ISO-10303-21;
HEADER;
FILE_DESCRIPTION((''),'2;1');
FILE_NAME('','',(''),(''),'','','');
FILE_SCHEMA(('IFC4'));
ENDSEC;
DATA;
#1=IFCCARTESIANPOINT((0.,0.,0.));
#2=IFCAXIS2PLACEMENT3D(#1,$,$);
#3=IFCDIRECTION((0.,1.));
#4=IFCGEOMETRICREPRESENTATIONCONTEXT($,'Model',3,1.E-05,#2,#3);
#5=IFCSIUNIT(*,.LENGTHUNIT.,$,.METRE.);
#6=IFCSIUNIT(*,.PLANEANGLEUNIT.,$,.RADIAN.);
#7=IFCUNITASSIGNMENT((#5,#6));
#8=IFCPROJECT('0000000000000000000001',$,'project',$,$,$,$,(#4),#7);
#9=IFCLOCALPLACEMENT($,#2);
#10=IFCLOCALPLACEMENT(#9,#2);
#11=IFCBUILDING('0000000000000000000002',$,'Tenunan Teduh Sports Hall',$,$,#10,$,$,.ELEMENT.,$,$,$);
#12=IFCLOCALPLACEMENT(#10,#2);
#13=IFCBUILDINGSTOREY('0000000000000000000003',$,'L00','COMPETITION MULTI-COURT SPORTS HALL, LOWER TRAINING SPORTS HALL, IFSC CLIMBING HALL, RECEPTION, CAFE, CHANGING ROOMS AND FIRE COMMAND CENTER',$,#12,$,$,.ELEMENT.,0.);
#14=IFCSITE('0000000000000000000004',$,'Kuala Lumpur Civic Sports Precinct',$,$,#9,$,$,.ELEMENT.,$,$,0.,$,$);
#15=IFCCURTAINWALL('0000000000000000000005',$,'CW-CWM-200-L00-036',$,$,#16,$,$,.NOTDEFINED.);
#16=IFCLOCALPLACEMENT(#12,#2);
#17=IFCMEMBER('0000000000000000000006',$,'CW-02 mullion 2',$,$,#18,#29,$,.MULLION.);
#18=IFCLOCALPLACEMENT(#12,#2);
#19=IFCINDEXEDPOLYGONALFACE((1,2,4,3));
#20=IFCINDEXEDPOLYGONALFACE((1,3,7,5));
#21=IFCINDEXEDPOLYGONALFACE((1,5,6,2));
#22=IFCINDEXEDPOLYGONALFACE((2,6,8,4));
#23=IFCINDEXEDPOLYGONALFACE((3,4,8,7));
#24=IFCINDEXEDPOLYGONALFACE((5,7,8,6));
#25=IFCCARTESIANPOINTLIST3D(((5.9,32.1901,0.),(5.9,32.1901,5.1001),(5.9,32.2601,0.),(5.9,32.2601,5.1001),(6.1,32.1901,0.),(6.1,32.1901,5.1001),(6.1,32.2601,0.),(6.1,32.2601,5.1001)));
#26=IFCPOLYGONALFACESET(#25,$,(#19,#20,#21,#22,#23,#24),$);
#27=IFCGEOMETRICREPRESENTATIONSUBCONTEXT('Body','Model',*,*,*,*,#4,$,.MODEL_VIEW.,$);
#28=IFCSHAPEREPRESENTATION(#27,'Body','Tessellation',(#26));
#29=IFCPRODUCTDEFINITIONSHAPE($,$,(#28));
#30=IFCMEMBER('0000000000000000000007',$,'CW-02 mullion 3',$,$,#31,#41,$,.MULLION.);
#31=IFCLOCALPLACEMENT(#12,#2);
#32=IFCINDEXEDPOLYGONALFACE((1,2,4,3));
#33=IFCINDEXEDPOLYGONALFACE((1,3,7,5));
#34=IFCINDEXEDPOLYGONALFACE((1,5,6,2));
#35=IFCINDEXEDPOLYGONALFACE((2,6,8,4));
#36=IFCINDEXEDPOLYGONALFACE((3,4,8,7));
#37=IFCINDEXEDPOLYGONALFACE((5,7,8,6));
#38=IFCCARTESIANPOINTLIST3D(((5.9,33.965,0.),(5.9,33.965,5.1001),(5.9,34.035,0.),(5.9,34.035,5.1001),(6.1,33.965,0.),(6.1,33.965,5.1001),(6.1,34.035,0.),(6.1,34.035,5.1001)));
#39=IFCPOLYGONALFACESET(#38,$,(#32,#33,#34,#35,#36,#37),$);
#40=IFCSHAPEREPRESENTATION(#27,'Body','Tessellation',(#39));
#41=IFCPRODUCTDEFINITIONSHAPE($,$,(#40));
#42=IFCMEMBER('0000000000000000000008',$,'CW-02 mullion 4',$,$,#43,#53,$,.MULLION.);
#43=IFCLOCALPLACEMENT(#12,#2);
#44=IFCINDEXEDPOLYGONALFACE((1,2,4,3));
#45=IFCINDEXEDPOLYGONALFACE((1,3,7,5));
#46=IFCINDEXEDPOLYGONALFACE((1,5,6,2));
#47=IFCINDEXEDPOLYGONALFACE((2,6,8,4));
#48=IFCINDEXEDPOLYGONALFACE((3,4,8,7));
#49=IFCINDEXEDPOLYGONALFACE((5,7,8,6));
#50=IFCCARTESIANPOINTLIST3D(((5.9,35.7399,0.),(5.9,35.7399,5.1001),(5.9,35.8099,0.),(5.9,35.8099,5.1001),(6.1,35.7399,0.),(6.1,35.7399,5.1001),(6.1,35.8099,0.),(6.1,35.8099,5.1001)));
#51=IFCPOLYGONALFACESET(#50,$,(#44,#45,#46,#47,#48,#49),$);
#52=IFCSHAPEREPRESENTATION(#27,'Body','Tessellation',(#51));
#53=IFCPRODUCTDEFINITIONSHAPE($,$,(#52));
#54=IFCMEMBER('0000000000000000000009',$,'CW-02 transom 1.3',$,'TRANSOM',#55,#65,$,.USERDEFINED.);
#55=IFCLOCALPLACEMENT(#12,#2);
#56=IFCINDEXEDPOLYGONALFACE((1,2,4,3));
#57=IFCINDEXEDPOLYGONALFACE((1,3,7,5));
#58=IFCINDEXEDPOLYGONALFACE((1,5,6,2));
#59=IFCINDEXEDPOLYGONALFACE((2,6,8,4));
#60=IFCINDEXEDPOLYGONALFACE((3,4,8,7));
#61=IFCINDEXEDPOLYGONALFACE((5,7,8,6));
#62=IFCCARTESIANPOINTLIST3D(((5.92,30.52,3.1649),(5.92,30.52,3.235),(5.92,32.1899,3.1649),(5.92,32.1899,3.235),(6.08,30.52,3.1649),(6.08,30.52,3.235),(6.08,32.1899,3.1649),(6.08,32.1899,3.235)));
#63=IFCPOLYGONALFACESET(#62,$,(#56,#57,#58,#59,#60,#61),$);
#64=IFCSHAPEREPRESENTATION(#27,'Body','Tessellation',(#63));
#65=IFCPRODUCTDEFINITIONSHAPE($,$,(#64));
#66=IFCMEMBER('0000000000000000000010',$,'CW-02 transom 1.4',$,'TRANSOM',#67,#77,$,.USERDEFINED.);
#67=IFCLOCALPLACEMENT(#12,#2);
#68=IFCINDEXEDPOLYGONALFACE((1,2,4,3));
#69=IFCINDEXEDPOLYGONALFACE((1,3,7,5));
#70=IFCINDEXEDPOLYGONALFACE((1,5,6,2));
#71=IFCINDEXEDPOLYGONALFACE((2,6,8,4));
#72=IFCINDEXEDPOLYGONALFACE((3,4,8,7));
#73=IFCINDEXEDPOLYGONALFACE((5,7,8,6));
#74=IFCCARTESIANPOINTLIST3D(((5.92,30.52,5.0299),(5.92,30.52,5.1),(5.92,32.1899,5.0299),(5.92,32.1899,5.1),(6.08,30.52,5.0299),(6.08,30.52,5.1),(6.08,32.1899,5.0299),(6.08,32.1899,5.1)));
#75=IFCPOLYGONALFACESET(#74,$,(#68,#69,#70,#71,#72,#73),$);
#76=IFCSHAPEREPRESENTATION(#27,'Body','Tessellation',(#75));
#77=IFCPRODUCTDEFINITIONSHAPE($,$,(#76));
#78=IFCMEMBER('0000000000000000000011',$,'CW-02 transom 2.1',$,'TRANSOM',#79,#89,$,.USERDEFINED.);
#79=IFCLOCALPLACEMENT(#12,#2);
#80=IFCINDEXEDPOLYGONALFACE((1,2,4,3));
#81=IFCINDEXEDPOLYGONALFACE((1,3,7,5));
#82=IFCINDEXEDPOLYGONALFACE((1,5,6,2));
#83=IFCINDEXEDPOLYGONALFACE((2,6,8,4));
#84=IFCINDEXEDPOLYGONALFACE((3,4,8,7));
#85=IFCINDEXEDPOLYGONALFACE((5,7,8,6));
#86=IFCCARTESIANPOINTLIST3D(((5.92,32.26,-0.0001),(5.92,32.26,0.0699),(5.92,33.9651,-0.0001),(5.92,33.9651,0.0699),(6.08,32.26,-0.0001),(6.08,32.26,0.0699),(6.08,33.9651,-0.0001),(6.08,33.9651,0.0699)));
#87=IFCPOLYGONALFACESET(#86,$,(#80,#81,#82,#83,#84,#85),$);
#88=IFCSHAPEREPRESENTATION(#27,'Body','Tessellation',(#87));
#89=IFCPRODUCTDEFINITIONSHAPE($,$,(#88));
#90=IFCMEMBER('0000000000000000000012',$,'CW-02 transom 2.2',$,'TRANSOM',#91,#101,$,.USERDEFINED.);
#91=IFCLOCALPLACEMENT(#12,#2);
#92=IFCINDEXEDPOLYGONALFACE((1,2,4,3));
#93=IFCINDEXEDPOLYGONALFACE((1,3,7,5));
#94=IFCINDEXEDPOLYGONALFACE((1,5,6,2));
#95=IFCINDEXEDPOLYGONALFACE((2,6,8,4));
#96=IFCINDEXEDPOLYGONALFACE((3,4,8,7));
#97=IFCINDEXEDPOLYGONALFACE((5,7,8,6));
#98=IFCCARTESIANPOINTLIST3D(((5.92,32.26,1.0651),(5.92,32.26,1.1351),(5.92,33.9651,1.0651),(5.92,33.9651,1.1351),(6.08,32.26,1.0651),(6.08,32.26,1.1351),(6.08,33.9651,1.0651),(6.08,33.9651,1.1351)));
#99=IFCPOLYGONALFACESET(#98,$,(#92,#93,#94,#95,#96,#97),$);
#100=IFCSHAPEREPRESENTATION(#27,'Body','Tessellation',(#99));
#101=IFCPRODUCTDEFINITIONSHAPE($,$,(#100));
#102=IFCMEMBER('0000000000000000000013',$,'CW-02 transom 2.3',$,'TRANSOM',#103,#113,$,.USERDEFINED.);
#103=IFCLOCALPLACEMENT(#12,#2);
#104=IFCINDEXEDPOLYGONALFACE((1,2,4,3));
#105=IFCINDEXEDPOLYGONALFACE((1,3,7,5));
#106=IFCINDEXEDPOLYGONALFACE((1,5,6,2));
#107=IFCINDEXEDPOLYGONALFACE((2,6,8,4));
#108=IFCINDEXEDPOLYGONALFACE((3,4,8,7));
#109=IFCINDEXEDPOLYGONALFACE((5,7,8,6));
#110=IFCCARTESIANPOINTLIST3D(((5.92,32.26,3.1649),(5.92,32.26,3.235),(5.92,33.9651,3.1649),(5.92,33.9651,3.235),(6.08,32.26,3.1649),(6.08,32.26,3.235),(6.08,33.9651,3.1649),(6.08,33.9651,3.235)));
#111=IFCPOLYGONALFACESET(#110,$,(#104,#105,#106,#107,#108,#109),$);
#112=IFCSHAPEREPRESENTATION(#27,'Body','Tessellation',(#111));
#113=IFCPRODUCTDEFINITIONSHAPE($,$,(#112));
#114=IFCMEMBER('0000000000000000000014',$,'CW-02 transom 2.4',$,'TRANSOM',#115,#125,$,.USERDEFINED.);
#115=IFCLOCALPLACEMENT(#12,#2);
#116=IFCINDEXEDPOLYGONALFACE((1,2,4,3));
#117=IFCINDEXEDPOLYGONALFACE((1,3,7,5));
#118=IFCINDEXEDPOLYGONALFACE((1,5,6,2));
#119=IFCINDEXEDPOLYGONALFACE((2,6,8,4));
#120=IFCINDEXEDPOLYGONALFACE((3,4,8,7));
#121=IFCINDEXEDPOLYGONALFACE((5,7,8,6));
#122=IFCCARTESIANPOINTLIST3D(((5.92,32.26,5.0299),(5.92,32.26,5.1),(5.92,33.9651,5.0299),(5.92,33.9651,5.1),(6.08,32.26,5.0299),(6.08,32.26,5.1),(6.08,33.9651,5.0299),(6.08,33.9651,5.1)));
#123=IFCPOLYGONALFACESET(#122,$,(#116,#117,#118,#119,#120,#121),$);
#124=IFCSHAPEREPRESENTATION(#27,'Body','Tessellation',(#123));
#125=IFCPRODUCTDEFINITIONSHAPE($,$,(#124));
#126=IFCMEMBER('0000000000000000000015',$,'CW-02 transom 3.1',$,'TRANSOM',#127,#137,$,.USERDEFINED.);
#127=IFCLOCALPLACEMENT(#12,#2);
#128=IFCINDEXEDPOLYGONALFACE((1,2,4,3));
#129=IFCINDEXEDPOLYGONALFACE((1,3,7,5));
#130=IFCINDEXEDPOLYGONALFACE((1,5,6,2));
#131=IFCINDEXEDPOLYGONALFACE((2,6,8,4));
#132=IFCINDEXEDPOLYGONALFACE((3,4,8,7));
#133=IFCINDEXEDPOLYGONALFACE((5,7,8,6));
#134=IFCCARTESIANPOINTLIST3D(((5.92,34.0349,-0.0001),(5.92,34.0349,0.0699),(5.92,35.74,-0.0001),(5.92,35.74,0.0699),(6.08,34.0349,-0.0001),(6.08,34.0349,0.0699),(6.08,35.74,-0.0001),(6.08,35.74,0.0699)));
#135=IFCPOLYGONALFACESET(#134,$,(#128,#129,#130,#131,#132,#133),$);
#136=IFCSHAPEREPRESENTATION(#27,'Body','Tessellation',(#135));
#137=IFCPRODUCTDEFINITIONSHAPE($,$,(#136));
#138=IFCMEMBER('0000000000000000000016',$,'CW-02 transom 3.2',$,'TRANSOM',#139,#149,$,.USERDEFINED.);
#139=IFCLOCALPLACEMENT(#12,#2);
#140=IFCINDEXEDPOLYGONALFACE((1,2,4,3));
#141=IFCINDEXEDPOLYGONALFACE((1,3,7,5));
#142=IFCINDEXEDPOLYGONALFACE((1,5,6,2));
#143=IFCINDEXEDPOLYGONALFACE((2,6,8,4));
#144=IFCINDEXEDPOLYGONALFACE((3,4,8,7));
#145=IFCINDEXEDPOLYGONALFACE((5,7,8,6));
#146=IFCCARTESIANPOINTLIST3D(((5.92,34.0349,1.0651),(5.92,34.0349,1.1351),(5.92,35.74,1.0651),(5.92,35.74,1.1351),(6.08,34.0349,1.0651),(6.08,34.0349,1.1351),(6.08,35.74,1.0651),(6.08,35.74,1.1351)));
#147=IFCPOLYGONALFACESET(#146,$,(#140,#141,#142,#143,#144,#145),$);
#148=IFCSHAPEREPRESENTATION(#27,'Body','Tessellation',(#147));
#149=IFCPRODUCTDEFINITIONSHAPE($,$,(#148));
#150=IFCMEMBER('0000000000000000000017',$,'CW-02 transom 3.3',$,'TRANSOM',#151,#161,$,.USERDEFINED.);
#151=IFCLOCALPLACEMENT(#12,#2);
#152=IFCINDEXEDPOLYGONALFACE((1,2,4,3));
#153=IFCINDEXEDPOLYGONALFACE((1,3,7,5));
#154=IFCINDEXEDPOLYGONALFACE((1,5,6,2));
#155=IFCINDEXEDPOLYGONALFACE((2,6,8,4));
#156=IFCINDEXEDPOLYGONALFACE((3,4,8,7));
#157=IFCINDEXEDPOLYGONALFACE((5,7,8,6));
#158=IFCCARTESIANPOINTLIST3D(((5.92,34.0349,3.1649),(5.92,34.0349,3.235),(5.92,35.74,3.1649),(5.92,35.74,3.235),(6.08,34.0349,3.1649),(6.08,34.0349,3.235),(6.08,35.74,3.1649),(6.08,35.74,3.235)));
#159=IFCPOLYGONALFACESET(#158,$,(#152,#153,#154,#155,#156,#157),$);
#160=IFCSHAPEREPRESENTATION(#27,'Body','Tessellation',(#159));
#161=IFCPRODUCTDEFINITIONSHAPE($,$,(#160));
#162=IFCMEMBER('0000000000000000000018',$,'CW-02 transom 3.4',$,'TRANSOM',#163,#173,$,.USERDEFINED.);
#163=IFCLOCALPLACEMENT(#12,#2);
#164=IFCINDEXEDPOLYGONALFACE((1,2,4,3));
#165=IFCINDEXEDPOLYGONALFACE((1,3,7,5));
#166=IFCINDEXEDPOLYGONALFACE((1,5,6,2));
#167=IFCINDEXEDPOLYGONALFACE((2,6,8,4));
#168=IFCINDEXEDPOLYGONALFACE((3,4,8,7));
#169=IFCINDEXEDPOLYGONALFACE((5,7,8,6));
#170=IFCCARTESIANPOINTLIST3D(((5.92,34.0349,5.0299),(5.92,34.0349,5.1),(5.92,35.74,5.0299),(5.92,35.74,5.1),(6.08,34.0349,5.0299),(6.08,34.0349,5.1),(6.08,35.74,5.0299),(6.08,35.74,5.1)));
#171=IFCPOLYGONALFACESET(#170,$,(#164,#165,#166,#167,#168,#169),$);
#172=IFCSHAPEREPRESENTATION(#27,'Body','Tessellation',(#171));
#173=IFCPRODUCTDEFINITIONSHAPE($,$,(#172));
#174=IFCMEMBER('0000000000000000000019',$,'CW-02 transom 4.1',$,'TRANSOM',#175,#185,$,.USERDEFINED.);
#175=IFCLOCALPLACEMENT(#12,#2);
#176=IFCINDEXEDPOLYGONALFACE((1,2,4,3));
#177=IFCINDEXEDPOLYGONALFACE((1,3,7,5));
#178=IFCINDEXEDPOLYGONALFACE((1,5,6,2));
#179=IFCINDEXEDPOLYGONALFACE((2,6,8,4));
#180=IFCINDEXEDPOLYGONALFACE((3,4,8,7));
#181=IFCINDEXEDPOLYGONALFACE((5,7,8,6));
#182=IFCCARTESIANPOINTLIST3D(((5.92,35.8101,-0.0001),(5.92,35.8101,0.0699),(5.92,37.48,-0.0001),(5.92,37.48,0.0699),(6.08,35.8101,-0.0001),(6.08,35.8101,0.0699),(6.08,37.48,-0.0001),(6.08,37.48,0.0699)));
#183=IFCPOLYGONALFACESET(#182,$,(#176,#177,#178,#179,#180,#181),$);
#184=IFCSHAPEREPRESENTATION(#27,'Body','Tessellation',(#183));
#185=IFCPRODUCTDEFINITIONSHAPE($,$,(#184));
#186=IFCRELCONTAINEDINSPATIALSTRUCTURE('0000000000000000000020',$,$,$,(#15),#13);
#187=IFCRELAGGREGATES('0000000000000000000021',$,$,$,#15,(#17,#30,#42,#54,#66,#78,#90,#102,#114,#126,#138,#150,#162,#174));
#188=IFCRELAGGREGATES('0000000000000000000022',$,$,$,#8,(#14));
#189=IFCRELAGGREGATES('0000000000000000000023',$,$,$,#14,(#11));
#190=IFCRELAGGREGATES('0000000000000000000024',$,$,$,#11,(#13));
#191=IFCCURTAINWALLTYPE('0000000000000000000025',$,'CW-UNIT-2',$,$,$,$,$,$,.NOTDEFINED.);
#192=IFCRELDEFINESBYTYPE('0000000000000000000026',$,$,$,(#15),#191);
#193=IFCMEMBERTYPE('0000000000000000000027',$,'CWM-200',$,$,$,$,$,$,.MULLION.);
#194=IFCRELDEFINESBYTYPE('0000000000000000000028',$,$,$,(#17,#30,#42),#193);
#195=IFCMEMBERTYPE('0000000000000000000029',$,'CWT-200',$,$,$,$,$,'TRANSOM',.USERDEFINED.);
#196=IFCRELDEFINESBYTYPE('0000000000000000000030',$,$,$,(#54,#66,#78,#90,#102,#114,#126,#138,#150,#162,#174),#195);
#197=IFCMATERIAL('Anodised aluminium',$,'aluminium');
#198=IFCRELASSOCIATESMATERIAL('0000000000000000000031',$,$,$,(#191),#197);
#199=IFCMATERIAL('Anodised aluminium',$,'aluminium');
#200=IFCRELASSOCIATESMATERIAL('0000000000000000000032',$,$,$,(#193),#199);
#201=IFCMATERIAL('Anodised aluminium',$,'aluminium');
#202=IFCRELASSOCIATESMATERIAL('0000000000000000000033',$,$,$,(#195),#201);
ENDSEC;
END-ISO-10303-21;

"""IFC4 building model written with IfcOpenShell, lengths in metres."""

from ifc_helpers import new_model, si_unit, direction, frame, origin, origin_2d, place, context, subcontext, project, spatial, rectangle, extrude, material, material_profile, profile_set, type_object, element, aggregate, save


model = new_model("IFC4")

# Units and contexts
model_context = context("Model", 3, precision=1e-05, world=origin(), true_north=direction((0.0, 1.0)))
body_context = subcontext(model_context, "Body", "Model", "MODEL_VIEW")
ifc_project = project(units=[si_unit("LENGTHUNIT", "METRE"), si_unit("PLANEANGLEUNIT", "RADIAN")], contexts=[model_context])

# Site, building, storey
site_placement = place(None, origin())
site = spatial("IfcSite", under=ifc_project, at=site_placement, Name="Kuala Lumpur Civic Sports Precinct", CompositionType="ELEMENT", RefElevation=0.0)
building_placement = place(site_placement, origin())
building = spatial("IfcBuilding", under=site, at=building_placement, Name="Tenunan Teduh Sports Hall", CompositionType="ELEMENT")
storey_placement = place(building_placement, origin())
storey = spatial("IfcBuildingStorey", under=building, at=storey_placement, Name="L00", Description="COMPETITION MULTI-COURT SPORTS HALL, LOWER TRAINING SPORTS HALL, IFSC CLIMBING HALL, RECEPTION, CAFE, CHANGING ROOMS AND FIRE COMMAND CENTER", CompositionType="ELEMENT", Elevation=0.0)

# Curtain wall, members
ifc_material_1 = material(Name="Anodised aluminium", Category="aluminium")
curtain_wall_type = type_object("IfcCurtainWallType", Name="CW-UNIT-2", PredefinedType="NOTDEFINED", material=ifc_material_1)
curtain_wall_placement = place(storey_placement, origin())
curtain_wall = element("IfcCurtainWall", 1, at=curtain_wall_placement, inside=storey, type_object=curtain_wall_type, Name="CW-CWM-200-L00-036", PredefinedType="NOTDEFINED")
ifc_material_2 = material(Name="Anodised aluminium", Category="aluminium")
ifc_material_profile_1 = material_profile(ifc_material_2, rectangle(XDim=0.0701, YDim=0.2, at=origin_2d()), Name="CWM 70x200")
ifc_profile_set_1 = profile_set([ifc_material_profile_1], Name="Anodised aluminium")
member_type_1 = type_object("IfcMemberType", Name="CWM-200", PredefinedType="MULLION", material=ifc_profile_set_1)
member_1_placement = place(storey_placement, frame((6.0, 32.2251, 0.0), z_axis=(0.0, 0.0, 1.0), x_axis=(0.0, 1.0, 0.0)))
member_1 = element("IfcMember", 2, at=member_1_placement, type_object=member_type_1, Name="CW-02 mullion 2", PredefinedType="MULLION", context=body_context, shape_type="SweptSolid", body=[
    extrude(rectangle(XDim=0.0701, YDim=0.2, at=origin_2d()), origin(), (0.0, 0.0, 1.0), 5.1001),
])
member_2_placement = place(storey_placement, frame((6.0, 34.0, 0.0), z_axis=(0.0, 0.0, 1.0), x_axis=(0.0, 1.0, 0.0)))
member_2 = element("IfcMember", 3, at=member_2_placement, type_object=member_type_1, Name="CW-02 mullion 3", PredefinedType="MULLION", context=body_context, shape_type="SweptSolid", body=[
    extrude(rectangle(XDim=0.0701, YDim=0.2, at=origin_2d()), origin(), (0.0, 0.0, 1.0), 5.1001),
])
member_3_placement = place(storey_placement, frame((6.0, 35.7749, 0.0), z_axis=(0.0, 0.0, 1.0), x_axis=(0.0, 1.0, 0.0)))
member_3 = element("IfcMember", 4, at=member_3_placement, type_object=member_type_1, Name="CW-02 mullion 4", PredefinedType="MULLION", context=body_context, shape_type="SweptSolid", body=[
    extrude(rectangle(XDim=0.0701, YDim=0.2, at=origin_2d()), origin(), (0.0, 0.0, 1.0), 5.1001),
])
ifc_material_3 = material(Name="Anodised aluminium", Category="aluminium")
ifc_material_profile_2 = material_profile(ifc_material_3, rectangle(XDim=0.0701, YDim=0.1599, at=origin_2d()), Name="CWT 70x160")
ifc_profile_set_2 = profile_set([ifc_material_profile_2], Name="Anodised aluminium")
member_type_2 = type_object("IfcMemberType", Name="CWT-200", ElementType="TRANSOM", PredefinedType="USERDEFINED", material=ifc_profile_set_2)
member_4_placement = place(storey_placement, frame((6.0, 30.52, 3.2), z_axis=(0.0, 1.0, 0.0), x_axis=(0.0, 0.0, 1.0)))
member_4 = element("IfcMember", 5, at=member_4_placement, type_object=member_type_2, Name="CW-02 transom 1.3", ObjectType="TRANSOM", PredefinedType="USERDEFINED", context=body_context, shape_type="SweptSolid", body=[
    extrude(rectangle(XDim=0.0701, YDim=0.1599, at=origin_2d()), origin(), (0.0, 0.0, 1.0), 1.6699),
])
member_5_placement = place(storey_placement, frame((6.0, 30.52, 5.0649), z_axis=(0.0, 1.0, 0.0), x_axis=(0.0, 0.0, 1.0)))
member_5 = element("IfcMember", 6, at=member_5_placement, type_object=member_type_2, Name="CW-02 transom 1.4", ObjectType="TRANSOM", PredefinedType="USERDEFINED", context=body_context, shape_type="SweptSolid", body=[
    extrude(rectangle(XDim=0.0701, YDim=0.1599, at=origin_2d()), origin(), (0.0, 0.0, 1.0), 1.6699),
])
member_6_placement = place(storey_placement, frame((6.0, 32.26, 0.0349), z_axis=(0.0, 1.0, 0.0), x_axis=(0.0, 0.0, 1.0)))
member_6 = element("IfcMember", 7, at=member_6_placement, type_object=member_type_2, Name="CW-02 transom 2.1", ObjectType="TRANSOM", PredefinedType="USERDEFINED", context=body_context, shape_type="SweptSolid", body=[
    extrude(rectangle(XDim=0.0701, YDim=0.1599, at=origin_2d()), origin(), (0.0, 0.0, 1.0), 1.7051),
])
member_7_placement = place(storey_placement, frame((6.0, 32.26, 1.1001), z_axis=(0.0, 1.0, 0.0), x_axis=(0.0, 0.0, 1.0)))
member_7 = element("IfcMember", 8, at=member_7_placement, type_object=member_type_2, Name="CW-02 transom 2.2", ObjectType="TRANSOM", PredefinedType="USERDEFINED", context=body_context, shape_type="SweptSolid", body=[
    extrude(rectangle(XDim=0.0701, YDim=0.1599, at=origin_2d()), origin(), (0.0, 0.0, 1.0), 1.7051),
])
member_8_placement = place(storey_placement, frame((6.0, 32.26, 3.2), z_axis=(0.0, 1.0, 0.0), x_axis=(0.0, 0.0, 1.0)))
member_8 = element("IfcMember", 9, at=member_8_placement, type_object=member_type_2, Name="CW-02 transom 2.3", ObjectType="TRANSOM", PredefinedType="USERDEFINED", context=body_context, shape_type="SweptSolid", body=[
    extrude(rectangle(XDim=0.0701, YDim=0.1599, at=origin_2d()), origin(), (0.0, 0.0, 1.0), 1.7051),
])
member_9_placement = place(storey_placement, frame((6.0, 32.26, 5.0649), z_axis=(0.0, 1.0, 0.0), x_axis=(0.0, 0.0, 1.0)))
member_9 = element("IfcMember", 10, at=member_9_placement, type_object=member_type_2, Name="CW-02 transom 2.4", ObjectType="TRANSOM", PredefinedType="USERDEFINED", context=body_context, shape_type="SweptSolid", body=[
    extrude(rectangle(XDim=0.0701, YDim=0.1599, at=origin_2d()), origin(), (0.0, 0.0, 1.0), 1.7051),
])
member_10_placement = place(storey_placement, frame((6.0, 34.0349, 0.0349), z_axis=(0.0, 1.0, 0.0), x_axis=(0.0, 0.0, 1.0)))
member_10 = element("IfcMember", 11, at=member_10_placement, type_object=member_type_2, Name="CW-02 transom 3.1", ObjectType="TRANSOM", PredefinedType="USERDEFINED", context=body_context, shape_type="SweptSolid", body=[
    extrude(rectangle(XDim=0.0701, YDim=0.1599, at=origin_2d()), origin(), (0.0, 0.0, 1.0), 1.7051),
])
member_11_placement = place(storey_placement, frame((6.0, 34.0349, 1.1001), z_axis=(0.0, 1.0, 0.0), x_axis=(0.0, 0.0, 1.0)))
member_11 = element("IfcMember", 12, at=member_11_placement, type_object=member_type_2, Name="CW-02 transom 3.2", ObjectType="TRANSOM", PredefinedType="USERDEFINED", context=body_context, shape_type="SweptSolid", body=[
    extrude(rectangle(XDim=0.0701, YDim=0.1599, at=origin_2d()), origin(), (0.0, 0.0, 1.0), 1.7051),
])
member_12_placement = place(storey_placement, frame((6.0, 34.0349, 3.2), z_axis=(0.0, 1.0, 0.0), x_axis=(0.0, 0.0, 1.0)))
member_12 = element("IfcMember", 13, at=member_12_placement, type_object=member_type_2, Name="CW-02 transom 3.3", ObjectType="TRANSOM", PredefinedType="USERDEFINED", context=body_context, shape_type="SweptSolid", body=[
    extrude(rectangle(XDim=0.0701, YDim=0.1599, at=origin_2d()), origin(), (0.0, 0.0, 1.0), 1.7051),
])
member_13_placement = place(storey_placement, frame((6.0, 34.0349, 5.0649), z_axis=(0.0, 1.0, 0.0), x_axis=(0.0, 0.0, 1.0)))
member_13 = element("IfcMember", 14, at=member_13_placement, type_object=member_type_2, Name="CW-02 transom 3.4", ObjectType="TRANSOM", PredefinedType="USERDEFINED", context=body_context, shape_type="SweptSolid", body=[
    extrude(rectangle(XDim=0.0701, YDim=0.1599, at=origin_2d()), origin(), (0.0, 0.0, 1.0), 1.7051),
])
member_14_placement = place(storey_placement, frame((6.0, 35.8101, 0.0349), z_axis=(0.0, 1.0, 0.0), x_axis=(0.0, 0.0, 1.0)))
member_14 = element("IfcMember", 15, at=member_14_placement, type_object=member_type_2, Name="CW-02 transom 4.1", ObjectType="TRANSOM", PredefinedType="USERDEFINED", context=body_context, shape_type="SweptSolid", body=[
    extrude(rectangle(XDim=0.0701, YDim=0.1599, at=origin_2d()), origin(), (0.0, 0.0, 1.0), 1.6699),
])
aggregate(curtain_wall, [member_1, member_2, member_3, member_4, member_5, member_6, member_7, member_8, member_9, member_10, member_11, member_12, member_13, member_14])

save(model, "model.ifc")
